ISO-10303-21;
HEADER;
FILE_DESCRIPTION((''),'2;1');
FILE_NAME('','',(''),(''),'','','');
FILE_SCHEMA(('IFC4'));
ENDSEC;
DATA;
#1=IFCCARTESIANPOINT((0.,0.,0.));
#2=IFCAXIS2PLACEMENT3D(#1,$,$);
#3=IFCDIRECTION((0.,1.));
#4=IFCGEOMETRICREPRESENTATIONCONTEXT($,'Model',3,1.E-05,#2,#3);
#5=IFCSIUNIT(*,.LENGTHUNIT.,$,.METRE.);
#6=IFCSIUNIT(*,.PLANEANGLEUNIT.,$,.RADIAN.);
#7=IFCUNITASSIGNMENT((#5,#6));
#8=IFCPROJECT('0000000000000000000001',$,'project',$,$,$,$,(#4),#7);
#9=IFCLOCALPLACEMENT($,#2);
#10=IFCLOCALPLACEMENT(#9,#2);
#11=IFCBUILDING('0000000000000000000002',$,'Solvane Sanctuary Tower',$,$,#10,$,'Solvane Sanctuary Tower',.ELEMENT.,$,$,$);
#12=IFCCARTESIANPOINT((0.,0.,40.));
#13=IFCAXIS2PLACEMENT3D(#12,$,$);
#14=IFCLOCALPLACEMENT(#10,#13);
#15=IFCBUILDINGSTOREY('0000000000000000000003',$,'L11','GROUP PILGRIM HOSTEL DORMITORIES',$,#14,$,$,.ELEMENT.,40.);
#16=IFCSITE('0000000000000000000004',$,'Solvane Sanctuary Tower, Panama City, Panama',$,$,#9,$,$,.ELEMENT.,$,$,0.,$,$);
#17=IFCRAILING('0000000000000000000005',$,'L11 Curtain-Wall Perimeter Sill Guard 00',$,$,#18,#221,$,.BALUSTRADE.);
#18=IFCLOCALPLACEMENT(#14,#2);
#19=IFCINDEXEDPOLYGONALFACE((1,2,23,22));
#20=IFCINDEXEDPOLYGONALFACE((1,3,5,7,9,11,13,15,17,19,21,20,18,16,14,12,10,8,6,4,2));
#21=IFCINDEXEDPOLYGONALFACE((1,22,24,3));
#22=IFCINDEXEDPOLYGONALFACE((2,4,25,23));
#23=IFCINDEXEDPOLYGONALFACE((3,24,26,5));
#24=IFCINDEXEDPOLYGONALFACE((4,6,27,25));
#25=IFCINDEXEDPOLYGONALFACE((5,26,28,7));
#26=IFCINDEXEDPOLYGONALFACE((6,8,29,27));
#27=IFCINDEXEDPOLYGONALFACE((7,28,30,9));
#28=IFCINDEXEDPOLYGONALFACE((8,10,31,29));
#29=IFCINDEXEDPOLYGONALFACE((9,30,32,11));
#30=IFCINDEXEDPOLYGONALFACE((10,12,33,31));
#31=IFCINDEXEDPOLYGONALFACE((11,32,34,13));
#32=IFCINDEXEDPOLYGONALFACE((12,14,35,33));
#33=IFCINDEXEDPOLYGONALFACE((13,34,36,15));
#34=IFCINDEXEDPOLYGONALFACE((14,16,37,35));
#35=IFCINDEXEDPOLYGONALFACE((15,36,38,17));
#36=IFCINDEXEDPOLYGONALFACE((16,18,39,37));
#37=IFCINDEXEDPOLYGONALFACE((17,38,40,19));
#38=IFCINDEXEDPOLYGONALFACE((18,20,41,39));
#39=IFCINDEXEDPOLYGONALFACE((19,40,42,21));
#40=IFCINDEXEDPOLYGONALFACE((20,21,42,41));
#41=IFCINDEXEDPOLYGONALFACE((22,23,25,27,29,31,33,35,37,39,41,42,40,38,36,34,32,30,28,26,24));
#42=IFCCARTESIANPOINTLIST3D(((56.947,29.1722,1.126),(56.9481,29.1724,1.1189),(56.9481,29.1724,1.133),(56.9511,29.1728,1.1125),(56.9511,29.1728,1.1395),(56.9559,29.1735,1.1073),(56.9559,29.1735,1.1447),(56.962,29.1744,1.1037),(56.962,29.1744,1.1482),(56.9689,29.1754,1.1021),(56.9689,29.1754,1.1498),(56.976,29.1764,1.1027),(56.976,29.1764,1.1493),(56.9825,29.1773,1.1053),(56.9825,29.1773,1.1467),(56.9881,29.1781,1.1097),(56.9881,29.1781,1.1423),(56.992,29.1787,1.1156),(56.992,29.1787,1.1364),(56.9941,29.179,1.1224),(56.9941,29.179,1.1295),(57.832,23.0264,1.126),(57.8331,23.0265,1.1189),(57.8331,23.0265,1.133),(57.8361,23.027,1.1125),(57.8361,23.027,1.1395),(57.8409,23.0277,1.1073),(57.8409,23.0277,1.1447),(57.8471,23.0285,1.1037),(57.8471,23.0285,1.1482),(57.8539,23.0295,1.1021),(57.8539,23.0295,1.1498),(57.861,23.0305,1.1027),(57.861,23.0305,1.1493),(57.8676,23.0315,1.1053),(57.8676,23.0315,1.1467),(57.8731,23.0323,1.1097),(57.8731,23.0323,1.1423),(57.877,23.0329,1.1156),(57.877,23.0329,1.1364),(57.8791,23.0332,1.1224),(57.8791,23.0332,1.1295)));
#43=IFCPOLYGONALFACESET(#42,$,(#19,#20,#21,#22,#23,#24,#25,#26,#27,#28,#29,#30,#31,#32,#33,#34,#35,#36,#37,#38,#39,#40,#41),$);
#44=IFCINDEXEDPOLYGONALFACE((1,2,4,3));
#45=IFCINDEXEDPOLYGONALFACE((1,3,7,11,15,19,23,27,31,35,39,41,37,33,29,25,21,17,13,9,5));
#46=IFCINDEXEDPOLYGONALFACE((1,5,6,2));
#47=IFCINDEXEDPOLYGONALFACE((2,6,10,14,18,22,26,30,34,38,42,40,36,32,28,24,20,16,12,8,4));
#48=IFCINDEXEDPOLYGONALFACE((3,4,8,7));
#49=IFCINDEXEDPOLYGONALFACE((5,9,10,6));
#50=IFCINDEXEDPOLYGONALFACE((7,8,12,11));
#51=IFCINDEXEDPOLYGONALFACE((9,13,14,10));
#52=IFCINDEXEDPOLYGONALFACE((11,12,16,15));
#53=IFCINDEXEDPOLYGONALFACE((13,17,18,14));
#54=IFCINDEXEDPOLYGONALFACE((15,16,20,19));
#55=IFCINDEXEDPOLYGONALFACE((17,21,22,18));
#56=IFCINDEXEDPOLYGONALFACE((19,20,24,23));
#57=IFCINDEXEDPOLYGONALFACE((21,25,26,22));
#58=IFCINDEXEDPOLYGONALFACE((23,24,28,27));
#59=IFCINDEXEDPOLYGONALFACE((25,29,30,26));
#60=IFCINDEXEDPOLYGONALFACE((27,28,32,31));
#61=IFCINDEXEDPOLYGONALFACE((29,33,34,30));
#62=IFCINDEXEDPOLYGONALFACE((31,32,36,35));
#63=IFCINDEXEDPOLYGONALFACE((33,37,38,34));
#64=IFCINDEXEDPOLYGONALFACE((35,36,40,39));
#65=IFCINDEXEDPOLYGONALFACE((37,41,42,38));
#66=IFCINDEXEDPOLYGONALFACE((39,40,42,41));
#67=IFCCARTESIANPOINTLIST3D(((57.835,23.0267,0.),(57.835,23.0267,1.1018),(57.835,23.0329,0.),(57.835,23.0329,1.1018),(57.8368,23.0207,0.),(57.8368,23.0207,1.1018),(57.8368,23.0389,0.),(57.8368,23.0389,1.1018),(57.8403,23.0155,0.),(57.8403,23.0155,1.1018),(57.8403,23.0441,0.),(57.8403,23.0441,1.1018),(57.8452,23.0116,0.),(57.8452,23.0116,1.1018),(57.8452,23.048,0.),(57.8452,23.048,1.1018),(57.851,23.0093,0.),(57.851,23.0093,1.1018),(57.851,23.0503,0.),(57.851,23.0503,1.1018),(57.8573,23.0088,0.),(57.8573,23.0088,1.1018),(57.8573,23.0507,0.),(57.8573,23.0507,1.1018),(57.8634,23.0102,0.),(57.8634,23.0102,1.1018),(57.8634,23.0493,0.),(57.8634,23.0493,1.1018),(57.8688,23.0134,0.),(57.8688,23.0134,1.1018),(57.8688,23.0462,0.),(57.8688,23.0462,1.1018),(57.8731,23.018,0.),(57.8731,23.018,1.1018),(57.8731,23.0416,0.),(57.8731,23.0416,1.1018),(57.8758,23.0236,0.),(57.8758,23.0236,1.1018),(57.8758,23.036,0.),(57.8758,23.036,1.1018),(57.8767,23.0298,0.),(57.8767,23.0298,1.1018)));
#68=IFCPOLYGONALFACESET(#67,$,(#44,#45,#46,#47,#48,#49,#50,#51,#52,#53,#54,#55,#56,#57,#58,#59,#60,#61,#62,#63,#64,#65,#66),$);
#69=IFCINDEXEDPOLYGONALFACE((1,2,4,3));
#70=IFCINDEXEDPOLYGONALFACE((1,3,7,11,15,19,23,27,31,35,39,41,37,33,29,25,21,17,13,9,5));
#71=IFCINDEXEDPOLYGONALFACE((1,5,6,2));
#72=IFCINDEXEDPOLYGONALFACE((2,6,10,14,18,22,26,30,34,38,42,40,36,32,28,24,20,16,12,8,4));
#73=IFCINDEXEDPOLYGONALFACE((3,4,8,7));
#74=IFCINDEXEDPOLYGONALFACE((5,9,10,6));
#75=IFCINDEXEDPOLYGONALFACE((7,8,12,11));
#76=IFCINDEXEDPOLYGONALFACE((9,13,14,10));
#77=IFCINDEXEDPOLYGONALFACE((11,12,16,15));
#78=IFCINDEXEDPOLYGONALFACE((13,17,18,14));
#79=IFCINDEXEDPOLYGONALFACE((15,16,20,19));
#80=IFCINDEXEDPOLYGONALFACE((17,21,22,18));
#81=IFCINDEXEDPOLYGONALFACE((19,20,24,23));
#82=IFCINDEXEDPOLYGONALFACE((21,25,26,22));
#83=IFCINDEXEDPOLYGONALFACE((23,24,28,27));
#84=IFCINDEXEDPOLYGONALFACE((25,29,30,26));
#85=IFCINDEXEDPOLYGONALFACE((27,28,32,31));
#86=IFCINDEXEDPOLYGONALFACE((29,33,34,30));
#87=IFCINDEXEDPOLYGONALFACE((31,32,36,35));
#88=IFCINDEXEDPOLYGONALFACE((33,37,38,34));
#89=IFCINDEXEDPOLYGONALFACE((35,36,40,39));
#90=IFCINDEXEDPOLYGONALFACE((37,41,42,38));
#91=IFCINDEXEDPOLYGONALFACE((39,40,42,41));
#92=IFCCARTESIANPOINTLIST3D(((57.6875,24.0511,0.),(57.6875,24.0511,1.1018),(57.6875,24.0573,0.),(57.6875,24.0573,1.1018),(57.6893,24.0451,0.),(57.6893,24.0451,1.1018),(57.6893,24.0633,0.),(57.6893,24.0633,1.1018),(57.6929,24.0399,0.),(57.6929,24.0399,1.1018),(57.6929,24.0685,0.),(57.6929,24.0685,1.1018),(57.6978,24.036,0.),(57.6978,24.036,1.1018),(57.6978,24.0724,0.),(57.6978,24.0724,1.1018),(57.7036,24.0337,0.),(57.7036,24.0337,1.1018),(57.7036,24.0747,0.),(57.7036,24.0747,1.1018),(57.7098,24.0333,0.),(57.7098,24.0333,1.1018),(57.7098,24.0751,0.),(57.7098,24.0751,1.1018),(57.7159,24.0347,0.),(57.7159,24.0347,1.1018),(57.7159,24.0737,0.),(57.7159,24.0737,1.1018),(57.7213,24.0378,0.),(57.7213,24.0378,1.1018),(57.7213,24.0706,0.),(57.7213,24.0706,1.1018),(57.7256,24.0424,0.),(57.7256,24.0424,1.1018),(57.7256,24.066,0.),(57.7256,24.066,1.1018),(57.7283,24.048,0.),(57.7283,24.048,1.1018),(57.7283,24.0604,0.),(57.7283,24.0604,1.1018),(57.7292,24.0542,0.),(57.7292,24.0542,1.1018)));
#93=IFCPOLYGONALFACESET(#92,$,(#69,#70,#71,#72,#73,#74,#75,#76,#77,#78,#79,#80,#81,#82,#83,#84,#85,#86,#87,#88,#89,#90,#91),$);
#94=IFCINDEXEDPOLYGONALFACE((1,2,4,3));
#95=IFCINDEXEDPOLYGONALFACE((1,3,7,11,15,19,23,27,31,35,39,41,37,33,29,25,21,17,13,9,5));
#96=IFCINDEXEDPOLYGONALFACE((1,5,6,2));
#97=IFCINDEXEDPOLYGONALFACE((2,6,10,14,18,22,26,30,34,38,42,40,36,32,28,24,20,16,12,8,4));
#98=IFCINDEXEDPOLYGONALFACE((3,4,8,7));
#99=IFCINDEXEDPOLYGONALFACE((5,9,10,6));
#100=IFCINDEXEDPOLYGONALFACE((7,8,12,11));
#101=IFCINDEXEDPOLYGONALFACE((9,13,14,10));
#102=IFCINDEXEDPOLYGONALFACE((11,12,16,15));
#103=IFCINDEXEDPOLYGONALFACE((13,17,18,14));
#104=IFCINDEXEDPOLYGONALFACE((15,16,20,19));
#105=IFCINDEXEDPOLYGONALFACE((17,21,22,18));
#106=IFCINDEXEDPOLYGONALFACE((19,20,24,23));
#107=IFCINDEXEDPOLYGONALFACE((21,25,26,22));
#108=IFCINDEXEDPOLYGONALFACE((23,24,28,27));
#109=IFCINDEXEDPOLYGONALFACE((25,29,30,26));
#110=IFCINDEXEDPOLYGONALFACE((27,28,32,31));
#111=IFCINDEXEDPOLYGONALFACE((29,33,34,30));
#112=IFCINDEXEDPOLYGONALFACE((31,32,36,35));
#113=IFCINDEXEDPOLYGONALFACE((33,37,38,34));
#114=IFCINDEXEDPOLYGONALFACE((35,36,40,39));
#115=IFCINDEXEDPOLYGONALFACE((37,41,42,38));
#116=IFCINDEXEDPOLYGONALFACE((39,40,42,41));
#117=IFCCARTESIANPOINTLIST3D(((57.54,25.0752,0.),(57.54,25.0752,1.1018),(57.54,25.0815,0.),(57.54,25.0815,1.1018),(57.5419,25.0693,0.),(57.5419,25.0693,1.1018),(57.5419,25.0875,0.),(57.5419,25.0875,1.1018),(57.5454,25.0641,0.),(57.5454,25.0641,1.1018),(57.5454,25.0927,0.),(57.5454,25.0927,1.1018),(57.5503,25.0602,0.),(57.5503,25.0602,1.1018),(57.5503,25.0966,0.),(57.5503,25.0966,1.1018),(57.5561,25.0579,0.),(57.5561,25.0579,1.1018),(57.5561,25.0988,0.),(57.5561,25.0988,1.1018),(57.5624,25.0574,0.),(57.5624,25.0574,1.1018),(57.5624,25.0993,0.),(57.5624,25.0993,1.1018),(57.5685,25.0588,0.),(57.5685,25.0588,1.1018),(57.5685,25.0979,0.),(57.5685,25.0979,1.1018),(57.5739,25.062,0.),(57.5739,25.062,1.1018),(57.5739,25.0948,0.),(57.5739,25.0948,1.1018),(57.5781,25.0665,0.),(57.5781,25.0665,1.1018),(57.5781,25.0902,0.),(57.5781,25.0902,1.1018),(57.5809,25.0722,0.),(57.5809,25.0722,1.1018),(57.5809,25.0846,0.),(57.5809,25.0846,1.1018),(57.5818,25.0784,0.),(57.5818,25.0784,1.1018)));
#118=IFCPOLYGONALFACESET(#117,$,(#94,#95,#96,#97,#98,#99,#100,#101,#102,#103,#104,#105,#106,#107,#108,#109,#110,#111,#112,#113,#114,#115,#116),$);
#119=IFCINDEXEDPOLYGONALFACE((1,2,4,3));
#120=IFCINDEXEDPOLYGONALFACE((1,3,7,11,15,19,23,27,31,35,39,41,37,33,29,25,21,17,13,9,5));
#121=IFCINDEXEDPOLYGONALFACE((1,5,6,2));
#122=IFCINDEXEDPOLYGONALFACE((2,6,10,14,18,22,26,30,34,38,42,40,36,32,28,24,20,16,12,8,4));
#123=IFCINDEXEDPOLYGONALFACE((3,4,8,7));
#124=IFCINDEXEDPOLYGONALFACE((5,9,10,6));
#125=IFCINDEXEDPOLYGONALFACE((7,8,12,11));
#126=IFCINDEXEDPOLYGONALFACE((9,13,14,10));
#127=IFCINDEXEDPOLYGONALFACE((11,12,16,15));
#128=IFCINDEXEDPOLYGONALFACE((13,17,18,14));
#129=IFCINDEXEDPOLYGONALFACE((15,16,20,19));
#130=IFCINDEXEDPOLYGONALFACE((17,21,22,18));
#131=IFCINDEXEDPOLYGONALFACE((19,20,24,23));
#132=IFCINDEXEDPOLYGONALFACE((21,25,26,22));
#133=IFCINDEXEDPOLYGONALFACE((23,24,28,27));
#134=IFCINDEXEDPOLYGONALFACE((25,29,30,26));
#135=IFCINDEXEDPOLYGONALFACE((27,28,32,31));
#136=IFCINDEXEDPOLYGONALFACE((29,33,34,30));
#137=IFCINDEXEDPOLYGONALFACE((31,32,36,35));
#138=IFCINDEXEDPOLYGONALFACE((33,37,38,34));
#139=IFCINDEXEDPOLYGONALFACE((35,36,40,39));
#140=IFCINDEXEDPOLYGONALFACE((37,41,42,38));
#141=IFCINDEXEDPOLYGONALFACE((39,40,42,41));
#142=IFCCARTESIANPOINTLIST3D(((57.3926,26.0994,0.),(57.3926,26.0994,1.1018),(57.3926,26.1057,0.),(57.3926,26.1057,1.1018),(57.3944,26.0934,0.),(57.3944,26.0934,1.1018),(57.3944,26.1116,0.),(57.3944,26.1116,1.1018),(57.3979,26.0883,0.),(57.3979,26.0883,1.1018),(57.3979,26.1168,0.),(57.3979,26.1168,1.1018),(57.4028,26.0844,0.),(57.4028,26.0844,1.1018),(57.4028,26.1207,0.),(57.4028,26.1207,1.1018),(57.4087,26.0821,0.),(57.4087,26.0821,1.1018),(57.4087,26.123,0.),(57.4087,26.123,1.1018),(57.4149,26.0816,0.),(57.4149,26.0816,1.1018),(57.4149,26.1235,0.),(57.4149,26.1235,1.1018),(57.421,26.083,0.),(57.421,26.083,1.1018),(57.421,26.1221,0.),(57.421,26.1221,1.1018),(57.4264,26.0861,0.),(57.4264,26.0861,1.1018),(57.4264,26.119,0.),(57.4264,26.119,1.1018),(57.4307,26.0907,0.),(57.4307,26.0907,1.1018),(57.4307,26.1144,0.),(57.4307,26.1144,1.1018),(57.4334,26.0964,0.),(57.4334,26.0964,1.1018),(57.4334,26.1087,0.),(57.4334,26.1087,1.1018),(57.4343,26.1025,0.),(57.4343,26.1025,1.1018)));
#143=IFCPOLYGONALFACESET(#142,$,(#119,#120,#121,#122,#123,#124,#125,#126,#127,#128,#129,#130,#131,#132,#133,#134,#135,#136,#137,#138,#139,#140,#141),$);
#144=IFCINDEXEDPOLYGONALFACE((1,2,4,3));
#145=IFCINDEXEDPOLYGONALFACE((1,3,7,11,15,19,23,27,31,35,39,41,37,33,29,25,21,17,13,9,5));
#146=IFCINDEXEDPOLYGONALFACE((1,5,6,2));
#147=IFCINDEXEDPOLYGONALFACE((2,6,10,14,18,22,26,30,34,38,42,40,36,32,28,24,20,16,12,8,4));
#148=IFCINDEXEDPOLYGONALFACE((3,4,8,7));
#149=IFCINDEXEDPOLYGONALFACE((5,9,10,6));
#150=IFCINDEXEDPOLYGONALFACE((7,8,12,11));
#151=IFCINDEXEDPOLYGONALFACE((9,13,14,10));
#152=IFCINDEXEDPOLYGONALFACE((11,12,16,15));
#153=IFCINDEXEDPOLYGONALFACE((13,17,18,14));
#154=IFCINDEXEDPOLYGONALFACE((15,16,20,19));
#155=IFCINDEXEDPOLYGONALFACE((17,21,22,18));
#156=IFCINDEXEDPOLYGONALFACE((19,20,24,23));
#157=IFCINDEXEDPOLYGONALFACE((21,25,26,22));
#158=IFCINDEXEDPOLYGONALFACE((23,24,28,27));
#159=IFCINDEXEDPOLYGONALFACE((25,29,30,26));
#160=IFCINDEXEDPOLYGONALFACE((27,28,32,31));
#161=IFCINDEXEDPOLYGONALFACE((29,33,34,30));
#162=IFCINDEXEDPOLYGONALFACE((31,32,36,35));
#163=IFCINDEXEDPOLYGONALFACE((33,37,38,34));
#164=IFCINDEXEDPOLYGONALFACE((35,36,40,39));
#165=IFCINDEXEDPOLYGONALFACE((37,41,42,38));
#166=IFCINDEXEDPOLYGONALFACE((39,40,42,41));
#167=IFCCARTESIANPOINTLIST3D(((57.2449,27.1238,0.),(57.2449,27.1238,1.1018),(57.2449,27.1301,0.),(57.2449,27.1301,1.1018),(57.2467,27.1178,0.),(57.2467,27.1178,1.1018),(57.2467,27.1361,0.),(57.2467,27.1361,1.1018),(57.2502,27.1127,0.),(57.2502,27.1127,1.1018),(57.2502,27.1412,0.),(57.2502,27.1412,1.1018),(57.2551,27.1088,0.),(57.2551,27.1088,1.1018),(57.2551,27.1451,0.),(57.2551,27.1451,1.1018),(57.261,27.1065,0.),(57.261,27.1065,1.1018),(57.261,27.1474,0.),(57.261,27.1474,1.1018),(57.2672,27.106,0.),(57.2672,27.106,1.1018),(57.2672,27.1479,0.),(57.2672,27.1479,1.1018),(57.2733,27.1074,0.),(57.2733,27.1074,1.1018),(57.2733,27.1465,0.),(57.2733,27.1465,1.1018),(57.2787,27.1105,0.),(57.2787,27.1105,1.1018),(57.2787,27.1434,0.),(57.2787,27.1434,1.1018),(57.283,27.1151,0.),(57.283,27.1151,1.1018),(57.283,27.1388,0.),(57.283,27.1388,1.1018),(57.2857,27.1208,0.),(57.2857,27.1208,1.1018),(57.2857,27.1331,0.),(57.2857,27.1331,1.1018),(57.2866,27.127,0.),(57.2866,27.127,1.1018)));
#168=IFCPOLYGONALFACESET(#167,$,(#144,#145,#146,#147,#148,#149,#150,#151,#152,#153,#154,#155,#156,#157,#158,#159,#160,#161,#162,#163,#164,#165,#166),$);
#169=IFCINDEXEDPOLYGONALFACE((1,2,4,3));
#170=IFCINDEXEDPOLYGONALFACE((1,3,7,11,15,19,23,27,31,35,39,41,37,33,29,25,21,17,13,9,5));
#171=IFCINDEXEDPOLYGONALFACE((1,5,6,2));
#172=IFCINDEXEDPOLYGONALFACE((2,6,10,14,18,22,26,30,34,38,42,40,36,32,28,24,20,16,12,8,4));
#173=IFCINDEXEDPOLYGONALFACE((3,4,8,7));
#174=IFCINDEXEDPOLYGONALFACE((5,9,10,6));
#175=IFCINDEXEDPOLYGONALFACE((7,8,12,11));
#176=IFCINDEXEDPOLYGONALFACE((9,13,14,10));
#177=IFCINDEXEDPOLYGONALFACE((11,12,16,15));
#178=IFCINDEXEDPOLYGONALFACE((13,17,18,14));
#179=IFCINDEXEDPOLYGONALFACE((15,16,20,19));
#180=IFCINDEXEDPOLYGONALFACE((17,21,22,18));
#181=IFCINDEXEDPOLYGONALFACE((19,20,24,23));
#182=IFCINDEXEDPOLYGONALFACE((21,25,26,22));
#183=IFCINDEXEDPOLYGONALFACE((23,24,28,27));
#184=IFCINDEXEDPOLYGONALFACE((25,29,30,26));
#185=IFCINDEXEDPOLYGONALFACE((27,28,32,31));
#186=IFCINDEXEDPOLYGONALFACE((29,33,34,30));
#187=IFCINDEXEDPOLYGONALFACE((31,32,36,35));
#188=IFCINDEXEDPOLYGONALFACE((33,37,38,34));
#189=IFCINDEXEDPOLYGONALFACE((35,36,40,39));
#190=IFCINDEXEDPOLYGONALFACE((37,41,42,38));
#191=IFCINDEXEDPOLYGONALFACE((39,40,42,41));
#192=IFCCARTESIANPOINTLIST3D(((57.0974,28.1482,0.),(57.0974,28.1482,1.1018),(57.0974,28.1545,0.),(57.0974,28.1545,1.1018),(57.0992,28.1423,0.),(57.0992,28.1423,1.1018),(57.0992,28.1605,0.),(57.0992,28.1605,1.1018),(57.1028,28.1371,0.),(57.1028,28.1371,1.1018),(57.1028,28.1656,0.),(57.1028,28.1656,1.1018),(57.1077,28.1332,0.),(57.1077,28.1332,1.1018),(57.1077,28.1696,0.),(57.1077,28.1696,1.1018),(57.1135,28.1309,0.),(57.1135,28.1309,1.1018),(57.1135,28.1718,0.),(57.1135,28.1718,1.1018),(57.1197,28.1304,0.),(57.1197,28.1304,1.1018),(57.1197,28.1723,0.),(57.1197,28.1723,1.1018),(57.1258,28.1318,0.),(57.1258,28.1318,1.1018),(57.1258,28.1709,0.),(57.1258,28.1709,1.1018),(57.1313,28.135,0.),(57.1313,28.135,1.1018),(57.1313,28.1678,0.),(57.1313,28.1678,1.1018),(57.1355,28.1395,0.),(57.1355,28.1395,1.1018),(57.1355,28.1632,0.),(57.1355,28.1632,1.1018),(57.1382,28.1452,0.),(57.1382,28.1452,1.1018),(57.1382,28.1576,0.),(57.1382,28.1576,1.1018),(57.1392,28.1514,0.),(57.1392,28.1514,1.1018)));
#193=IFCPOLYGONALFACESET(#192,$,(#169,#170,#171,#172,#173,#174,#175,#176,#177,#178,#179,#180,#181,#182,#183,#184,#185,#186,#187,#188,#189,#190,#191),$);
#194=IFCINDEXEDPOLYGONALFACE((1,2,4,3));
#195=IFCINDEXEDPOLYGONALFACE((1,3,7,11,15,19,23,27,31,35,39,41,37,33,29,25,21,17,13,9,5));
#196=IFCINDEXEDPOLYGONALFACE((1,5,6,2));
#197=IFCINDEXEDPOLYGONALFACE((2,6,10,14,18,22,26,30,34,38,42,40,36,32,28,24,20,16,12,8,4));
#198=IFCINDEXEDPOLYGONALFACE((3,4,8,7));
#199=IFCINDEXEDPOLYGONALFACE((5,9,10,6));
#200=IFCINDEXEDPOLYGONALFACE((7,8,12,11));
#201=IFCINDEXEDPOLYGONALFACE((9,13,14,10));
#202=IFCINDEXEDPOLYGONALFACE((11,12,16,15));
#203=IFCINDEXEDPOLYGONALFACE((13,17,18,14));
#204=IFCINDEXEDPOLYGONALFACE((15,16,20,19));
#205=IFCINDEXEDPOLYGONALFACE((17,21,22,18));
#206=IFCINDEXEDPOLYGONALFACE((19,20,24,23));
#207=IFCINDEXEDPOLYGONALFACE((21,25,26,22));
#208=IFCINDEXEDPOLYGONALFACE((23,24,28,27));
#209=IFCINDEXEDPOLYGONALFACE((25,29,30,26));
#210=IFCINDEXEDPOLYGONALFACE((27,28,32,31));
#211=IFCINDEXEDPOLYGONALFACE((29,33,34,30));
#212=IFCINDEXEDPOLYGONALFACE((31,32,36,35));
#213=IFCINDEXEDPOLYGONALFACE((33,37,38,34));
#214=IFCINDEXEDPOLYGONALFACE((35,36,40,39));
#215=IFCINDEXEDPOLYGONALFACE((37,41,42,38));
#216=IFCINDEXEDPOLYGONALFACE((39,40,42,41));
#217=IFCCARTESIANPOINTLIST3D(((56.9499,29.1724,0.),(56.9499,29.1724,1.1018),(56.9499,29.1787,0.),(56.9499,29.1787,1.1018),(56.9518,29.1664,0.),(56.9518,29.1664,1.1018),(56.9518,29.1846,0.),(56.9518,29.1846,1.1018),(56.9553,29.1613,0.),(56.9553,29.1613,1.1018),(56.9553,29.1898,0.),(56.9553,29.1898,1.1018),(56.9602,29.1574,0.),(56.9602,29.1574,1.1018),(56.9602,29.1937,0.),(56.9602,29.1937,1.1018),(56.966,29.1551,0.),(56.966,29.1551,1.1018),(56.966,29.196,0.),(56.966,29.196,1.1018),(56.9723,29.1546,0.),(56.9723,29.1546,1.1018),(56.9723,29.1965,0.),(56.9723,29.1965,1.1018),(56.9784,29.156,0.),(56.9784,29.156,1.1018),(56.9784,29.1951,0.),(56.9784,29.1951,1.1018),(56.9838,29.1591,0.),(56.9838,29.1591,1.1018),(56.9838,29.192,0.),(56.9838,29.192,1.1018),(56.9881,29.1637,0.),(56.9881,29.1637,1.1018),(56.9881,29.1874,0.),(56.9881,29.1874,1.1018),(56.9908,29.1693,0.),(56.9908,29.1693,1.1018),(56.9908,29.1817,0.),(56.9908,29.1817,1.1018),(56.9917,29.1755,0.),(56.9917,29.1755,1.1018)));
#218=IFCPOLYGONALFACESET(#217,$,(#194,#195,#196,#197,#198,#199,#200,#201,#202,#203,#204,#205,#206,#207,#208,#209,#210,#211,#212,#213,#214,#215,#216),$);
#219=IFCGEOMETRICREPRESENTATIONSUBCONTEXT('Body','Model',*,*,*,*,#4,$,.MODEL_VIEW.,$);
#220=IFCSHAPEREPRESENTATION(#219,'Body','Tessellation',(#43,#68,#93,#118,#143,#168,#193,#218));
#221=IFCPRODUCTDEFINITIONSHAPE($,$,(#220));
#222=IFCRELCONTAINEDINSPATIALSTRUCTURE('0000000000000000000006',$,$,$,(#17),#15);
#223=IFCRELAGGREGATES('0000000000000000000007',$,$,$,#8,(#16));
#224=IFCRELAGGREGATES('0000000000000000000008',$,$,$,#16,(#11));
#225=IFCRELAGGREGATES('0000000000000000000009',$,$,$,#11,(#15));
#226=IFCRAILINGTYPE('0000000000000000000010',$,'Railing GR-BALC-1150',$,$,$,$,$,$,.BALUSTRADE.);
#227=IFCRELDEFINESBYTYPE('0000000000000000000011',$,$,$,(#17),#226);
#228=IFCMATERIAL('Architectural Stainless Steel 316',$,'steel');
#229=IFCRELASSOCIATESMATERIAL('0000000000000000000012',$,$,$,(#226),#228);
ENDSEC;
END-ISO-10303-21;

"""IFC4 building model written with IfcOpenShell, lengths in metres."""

from ifc_helpers import new_model, si_unit, direction, frame, origin, origin_2d, place, context, subcontext, project, spatial, circle, extrude, material, type_object, element, save


model = new_model("IFC4")

# Units and contexts
model_context = context("Model", 3, precision=1e-05, world=origin(), true_north=direction((0.0, 1.0)))
body_context = subcontext(model_context, "Body", "Model", "MODEL_VIEW")
ifc_project = project(units=[si_unit("LENGTHUNIT", "METRE"), si_unit("PLANEANGLEUNIT", "RADIAN")], contexts=[model_context])

# Site, building, storey
site_placement = place(None, origin())
site = spatial("IfcSite", under=ifc_project, at=site_placement, Name="Solvane Sanctuary Tower, Panama City, Panama", CompositionType="ELEMENT", RefElevation=0.0)
building_placement = place(site_placement, origin())
building = spatial("IfcBuilding", under=site, at=building_placement, Name="Solvane Sanctuary Tower", LongName="Solvane Sanctuary Tower", CompositionType="ELEMENT")
storey_placement = place(building_placement, frame((0.0, 0.0, 40.0)))
storey = spatial("IfcBuildingStorey", under=building, at=storey_placement, Name="L11", Description="GROUP PILGRIM HOSTEL DORMITORIES", CompositionType="ELEMENT", Elevation=40.0)

# Shared definitions
ifc_material_1 = material(Name="Architectural Stainless Steel 316", Category="steel")

# Railing
railing_type = type_object("IfcRailingType", Name="Railing GR-BALC-1150", PredefinedType="BALUSTRADE", material=ifc_material_1)
railing_1_placement = place(storey_placement, frame((57.8557, 23.0298, 0.0)))
element("IfcRailing", 1, at=railing_1_placement, inside=storey, type_object=railing_type, Name="L11 Curtain-Wall Perimeter Sill Guard 00", PredefinedType="BALUSTRADE", context=body_context, shape_type="SweptSolid", body=[
    extrude(circle(Radius=0.0239, at=origin_2d()), frame((0.0, 0.0, 1.126), z_axis=(-0.142533, 0.98979, 0.0), x_axis=(-0.98979, -0.142533, 0.0)), (0.0, 0.0, 1.0), 6.2092),
    extrude(circle(Radius=0.021, at=origin_2d()), origin(), (0.0, 0.0, 1.0), 1.1018),
    extrude(circle(Radius=0.021, at=origin_2d()), frame((-0.1475, 1.0244, 0.0)), (0.0, 0.0, 1.0), 1.1018),
    extrude(circle(Radius=0.021, at=origin_2d()), frame((-0.2949, 2.0486, 0.0)), (0.0, 0.0, 1.0), 1.1018),
    extrude(circle(Radius=0.021, at=origin_2d()), frame((-0.4424, 3.0728, 0.0)), (0.0, 0.0, 1.0), 1.1018),
    extrude(circle(Radius=0.021, at=origin_2d()), frame((-0.5901, 4.0972, 0.0)), (0.0, 0.0, 1.0), 1.1018),
    extrude(circle(Radius=0.021, at=origin_2d()), frame((-0.7375, 5.1216, 0.0)), (0.0, 0.0, 1.0), 1.1018),
    extrude(circle(Radius=0.021, at=origin_2d()), frame((-0.885, 6.1458, 0.0)), (0.0, 0.0, 1.0), 1.1018),
])

save(model, "model.ifc")
